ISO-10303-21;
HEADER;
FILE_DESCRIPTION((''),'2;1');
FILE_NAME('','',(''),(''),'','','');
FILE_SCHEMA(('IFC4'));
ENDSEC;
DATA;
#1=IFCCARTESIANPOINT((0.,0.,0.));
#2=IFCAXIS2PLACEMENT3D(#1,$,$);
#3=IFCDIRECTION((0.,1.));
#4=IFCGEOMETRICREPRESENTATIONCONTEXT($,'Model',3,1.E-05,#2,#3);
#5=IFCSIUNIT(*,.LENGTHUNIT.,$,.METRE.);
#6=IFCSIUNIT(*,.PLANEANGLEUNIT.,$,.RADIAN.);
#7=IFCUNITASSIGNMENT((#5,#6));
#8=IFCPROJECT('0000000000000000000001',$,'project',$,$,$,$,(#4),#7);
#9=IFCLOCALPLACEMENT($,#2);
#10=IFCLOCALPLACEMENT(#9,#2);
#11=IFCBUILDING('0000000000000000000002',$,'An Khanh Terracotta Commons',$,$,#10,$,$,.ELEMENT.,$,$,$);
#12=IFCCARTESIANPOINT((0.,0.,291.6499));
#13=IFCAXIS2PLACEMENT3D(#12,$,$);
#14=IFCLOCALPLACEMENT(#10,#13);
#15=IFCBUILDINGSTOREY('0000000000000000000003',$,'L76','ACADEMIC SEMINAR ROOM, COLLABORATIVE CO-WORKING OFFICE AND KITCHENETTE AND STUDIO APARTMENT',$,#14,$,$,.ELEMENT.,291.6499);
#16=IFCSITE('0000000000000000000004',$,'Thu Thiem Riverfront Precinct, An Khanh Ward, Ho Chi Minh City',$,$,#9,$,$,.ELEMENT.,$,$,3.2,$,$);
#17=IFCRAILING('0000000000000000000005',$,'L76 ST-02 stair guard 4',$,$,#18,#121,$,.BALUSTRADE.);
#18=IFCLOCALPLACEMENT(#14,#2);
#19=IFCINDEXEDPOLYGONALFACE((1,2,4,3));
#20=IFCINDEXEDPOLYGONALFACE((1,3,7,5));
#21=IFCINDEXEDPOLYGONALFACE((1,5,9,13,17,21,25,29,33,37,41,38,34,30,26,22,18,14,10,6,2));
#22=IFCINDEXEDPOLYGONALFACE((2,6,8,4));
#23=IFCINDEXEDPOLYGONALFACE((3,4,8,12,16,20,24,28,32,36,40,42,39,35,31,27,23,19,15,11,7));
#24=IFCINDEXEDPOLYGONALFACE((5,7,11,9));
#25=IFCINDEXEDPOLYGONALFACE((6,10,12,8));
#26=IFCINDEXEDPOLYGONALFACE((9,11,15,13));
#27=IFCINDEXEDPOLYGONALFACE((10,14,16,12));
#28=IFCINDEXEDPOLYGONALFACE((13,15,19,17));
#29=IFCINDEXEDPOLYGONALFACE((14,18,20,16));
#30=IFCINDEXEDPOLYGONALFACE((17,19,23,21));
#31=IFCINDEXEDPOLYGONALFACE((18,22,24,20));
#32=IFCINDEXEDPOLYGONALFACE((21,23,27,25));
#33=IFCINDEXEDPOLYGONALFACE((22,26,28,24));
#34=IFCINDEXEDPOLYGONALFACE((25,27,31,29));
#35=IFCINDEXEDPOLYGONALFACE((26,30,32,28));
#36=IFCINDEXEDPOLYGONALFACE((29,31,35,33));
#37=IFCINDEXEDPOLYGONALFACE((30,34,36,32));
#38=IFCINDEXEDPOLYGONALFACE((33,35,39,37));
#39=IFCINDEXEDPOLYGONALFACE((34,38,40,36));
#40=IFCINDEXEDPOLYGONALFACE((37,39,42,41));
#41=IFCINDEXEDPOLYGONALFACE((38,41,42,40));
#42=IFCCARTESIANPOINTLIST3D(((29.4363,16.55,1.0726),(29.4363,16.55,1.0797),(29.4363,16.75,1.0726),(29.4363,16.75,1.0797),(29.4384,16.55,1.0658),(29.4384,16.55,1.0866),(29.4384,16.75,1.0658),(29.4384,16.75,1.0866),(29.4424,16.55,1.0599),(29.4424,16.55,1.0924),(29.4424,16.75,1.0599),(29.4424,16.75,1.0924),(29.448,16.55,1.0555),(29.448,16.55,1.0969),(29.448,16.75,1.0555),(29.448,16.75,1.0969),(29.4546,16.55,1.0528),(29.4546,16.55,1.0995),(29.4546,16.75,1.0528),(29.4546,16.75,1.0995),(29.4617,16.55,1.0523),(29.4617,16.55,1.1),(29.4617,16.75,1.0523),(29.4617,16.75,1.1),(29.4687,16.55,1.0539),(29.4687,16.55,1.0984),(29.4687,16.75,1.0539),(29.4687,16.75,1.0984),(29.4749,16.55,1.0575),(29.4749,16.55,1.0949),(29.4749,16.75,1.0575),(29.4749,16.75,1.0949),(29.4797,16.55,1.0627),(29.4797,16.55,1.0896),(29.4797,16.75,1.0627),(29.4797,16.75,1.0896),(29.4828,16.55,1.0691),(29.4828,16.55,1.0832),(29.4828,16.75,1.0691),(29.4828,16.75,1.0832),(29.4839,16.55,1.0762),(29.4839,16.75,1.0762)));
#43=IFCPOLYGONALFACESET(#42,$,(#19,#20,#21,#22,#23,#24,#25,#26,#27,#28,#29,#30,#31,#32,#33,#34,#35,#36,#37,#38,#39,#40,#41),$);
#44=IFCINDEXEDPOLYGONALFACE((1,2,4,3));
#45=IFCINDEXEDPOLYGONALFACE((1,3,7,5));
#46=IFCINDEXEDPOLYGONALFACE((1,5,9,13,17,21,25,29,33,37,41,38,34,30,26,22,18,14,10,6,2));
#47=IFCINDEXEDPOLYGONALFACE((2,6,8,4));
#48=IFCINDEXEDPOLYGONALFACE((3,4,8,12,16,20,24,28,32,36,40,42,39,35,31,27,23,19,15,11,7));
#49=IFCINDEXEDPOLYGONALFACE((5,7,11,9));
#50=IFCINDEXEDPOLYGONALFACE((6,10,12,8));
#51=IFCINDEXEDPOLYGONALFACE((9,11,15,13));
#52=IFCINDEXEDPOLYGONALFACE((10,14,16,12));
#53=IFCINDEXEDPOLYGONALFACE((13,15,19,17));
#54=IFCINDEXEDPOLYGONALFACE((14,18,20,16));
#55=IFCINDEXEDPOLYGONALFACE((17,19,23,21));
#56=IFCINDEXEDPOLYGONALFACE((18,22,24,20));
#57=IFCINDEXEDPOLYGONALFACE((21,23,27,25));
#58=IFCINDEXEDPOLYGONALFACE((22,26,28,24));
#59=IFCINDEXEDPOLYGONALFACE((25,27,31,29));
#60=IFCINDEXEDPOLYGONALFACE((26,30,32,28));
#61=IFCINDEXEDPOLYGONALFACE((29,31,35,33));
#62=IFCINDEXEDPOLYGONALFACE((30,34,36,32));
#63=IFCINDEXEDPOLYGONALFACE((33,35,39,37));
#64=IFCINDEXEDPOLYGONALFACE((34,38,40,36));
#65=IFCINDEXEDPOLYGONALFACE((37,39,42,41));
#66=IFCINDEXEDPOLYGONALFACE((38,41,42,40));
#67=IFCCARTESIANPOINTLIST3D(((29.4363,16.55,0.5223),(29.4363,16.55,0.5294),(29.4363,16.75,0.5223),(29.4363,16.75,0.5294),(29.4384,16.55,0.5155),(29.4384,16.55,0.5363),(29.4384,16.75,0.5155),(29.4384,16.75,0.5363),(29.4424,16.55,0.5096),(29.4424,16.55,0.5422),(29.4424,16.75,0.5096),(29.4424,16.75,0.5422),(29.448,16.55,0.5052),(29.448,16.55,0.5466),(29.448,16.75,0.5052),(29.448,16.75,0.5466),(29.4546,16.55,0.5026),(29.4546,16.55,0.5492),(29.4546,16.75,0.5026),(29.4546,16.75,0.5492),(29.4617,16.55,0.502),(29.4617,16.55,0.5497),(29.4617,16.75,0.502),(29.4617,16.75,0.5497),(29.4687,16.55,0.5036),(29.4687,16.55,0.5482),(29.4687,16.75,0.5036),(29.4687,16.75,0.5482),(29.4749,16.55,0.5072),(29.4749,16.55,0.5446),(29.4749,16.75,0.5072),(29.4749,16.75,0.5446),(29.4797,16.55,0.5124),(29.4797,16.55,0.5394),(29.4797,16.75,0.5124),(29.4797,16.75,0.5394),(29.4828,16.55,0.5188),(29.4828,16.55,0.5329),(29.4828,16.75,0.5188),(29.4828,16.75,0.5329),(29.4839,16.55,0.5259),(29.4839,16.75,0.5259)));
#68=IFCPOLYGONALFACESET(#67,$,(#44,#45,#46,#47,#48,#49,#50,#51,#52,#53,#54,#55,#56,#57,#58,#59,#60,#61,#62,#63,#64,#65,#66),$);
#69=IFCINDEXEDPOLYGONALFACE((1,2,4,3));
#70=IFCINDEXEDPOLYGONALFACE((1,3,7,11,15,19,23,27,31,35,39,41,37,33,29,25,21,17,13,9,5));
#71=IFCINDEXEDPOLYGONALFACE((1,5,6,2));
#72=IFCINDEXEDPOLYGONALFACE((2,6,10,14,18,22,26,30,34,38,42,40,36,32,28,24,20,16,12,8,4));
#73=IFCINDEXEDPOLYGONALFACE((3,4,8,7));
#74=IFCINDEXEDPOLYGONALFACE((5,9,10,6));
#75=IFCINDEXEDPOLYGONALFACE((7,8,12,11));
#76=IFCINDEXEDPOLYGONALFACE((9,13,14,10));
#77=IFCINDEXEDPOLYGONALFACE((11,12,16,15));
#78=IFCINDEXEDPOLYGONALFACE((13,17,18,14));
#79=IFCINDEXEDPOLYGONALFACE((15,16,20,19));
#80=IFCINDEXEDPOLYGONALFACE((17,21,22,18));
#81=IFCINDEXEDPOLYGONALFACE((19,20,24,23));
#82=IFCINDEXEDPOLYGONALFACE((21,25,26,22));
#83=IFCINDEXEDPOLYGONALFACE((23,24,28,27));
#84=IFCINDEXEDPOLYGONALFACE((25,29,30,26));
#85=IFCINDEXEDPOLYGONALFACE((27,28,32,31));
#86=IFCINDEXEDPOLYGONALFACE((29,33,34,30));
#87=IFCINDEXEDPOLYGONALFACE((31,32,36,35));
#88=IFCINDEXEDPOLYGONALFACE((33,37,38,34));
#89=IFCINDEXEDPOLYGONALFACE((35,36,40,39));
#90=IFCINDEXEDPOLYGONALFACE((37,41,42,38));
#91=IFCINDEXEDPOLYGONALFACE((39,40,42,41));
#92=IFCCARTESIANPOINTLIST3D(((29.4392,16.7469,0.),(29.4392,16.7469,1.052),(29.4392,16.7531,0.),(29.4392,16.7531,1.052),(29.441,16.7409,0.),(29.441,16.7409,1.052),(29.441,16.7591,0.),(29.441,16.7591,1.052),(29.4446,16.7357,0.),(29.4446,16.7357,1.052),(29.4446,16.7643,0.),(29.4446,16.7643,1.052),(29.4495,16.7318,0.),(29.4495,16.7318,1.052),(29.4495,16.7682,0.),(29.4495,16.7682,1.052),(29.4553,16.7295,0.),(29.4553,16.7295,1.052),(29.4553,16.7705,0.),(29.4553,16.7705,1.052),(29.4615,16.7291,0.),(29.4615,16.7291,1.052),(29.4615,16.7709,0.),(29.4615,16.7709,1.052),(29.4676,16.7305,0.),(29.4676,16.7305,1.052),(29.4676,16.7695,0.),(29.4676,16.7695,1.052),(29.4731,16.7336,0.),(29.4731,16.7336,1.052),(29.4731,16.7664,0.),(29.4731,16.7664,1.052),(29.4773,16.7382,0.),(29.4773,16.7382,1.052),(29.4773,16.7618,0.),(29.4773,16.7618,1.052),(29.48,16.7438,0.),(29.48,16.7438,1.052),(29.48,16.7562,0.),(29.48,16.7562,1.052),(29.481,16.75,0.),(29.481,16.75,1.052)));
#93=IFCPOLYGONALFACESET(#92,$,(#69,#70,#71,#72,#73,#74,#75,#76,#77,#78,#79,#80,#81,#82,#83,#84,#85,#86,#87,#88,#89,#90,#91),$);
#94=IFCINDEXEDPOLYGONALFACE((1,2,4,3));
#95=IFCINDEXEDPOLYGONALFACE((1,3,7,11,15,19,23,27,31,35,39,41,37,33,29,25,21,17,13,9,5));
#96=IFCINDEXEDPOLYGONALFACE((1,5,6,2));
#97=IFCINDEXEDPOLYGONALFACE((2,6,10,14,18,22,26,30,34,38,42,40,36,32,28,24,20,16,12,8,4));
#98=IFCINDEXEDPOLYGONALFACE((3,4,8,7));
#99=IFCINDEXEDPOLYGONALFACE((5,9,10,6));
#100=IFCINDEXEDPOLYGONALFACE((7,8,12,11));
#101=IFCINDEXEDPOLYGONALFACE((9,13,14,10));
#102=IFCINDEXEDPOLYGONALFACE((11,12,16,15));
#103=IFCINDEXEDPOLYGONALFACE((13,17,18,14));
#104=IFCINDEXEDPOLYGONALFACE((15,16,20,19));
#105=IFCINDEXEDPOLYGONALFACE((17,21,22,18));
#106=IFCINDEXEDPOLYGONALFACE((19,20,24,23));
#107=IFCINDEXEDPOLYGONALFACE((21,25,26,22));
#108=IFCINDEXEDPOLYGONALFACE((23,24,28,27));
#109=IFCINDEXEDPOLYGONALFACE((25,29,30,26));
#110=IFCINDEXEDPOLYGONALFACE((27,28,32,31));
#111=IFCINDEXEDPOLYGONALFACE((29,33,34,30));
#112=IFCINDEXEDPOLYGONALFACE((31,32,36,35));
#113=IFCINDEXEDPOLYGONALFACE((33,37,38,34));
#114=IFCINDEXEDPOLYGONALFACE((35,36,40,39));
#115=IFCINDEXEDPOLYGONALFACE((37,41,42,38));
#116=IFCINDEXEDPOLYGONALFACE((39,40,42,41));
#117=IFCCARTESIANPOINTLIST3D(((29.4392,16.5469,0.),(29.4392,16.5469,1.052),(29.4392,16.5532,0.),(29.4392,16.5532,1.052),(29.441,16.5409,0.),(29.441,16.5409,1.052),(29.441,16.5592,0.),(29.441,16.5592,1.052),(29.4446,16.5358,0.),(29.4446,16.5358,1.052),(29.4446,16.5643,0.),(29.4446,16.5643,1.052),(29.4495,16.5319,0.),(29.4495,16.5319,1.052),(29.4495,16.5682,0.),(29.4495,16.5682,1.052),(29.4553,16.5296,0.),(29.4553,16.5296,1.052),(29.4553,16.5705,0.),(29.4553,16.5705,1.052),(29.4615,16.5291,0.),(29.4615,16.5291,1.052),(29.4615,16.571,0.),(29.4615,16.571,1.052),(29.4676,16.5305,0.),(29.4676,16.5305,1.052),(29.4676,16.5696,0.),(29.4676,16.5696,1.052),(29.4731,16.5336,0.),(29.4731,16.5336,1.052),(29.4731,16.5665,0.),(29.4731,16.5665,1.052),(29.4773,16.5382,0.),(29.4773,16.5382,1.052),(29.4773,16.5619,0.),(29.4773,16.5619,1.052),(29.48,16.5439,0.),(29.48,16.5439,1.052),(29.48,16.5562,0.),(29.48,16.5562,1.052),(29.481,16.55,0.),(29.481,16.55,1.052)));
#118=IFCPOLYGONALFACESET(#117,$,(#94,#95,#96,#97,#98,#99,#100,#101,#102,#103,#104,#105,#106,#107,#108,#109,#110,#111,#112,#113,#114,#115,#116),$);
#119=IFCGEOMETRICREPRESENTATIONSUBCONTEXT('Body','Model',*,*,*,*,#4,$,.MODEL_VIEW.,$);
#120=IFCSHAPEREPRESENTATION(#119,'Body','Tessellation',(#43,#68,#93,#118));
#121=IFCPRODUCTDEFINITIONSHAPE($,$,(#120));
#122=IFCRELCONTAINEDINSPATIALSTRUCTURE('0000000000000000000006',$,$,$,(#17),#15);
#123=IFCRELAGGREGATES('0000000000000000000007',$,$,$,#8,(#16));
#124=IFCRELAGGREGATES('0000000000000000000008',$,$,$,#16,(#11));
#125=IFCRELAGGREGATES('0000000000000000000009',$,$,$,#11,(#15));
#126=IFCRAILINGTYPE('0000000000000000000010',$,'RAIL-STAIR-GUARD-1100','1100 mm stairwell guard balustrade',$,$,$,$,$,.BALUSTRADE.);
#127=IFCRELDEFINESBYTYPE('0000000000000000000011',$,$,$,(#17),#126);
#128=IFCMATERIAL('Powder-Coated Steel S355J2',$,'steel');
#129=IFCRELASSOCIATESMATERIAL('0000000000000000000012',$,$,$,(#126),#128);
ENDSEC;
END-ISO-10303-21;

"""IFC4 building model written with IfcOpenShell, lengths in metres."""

from ifc_helpers import new_model, si_unit, direction, frame, origin, origin_2d, place, context, subcontext, project, spatial, circle, extrude, material, type_object, element, save


model = new_model("IFC4")

# Units and contexts
model_context = context("Model", 3, precision=1e-05, world=origin(), true_north=direction((0.0, 1.0)))
body_context = subcontext(model_context, "Body", "Model", "MODEL_VIEW")
ifc_project = project(units=[si_unit("LENGTHUNIT", "METRE"), si_unit("PLANEANGLEUNIT", "RADIAN")], contexts=[model_context])

# Site, building, storey
site_placement = place(None, origin())
site = spatial("IfcSite", under=ifc_project, at=site_placement, Name="Thu Thiem Riverfront Precinct, An Khanh Ward, Ho Chi Minh City", CompositionType="ELEMENT", RefElevation=3.2)
building_placement = place(site_placement, origin())
building = spatial("IfcBuilding", under=site, at=building_placement, Name="An Khanh Terracotta Commons", CompositionType="ELEMENT")
storey_placement = place(building_placement, frame((0.0, 0.0, 291.6499)))
storey = spatial("IfcBuildingStorey", under=building, at=storey_placement, Name="L76", Description="ACADEMIC SEMINAR ROOM, COLLABORATIVE CO-WORKING OFFICE AND KITCHENETTE AND STUDIO APARTMENT", CompositionType="ELEMENT", Elevation=291.6499)

# Railing
ifc_material_1 = material(Name="Powder-Coated Steel S355J2", Category="steel")
railing_type_1 = type_object("IfcRailingType", Name="RAIL-STAIR-GUARD-1100", Description="1100 mm stairwell guard balustrade", PredefinedType="BALUSTRADE", material=ifc_material_1)
railing_1_placement = place(storey_placement, frame((29.46, 16.75, 0.0)))
element("IfcRailing", 1, at=railing_1_placement, inside=storey, type_object=railing_type_1, Name="L76 ST-02 stair guard 4", PredefinedType="BALUSTRADE", context=body_context, shape_type="SweptSolid", body=[
    extrude(circle(Radius=0.0239, at=origin_2d()), frame((0.0, 0.0, 1.0762), z_axis=(0.0, -1.0, 0.0), x_axis=(1.0, 0.0, 0.0)), (0.0, 0.0, 1.0), 0.2),
    extrude(circle(Radius=0.0239, at=origin_2d()), frame((0.0, 0.0, 0.5259), z_axis=(0.0, -1.0, 0.0), x_axis=(1.0, 0.0, 0.0)), (0.0, 0.0, 1.0), 0.2),
    extrude(circle(Radius=0.021, at=origin_2d()), origin(), (0.0, 0.0, 1.0), 1.052),
    extrude(circle(Radius=0.021, at=origin_2d()), frame((0.0, -0.2, 0.0)), (0.0, 0.0, 1.0), 1.052),
])

save(model, "model.ifc")
